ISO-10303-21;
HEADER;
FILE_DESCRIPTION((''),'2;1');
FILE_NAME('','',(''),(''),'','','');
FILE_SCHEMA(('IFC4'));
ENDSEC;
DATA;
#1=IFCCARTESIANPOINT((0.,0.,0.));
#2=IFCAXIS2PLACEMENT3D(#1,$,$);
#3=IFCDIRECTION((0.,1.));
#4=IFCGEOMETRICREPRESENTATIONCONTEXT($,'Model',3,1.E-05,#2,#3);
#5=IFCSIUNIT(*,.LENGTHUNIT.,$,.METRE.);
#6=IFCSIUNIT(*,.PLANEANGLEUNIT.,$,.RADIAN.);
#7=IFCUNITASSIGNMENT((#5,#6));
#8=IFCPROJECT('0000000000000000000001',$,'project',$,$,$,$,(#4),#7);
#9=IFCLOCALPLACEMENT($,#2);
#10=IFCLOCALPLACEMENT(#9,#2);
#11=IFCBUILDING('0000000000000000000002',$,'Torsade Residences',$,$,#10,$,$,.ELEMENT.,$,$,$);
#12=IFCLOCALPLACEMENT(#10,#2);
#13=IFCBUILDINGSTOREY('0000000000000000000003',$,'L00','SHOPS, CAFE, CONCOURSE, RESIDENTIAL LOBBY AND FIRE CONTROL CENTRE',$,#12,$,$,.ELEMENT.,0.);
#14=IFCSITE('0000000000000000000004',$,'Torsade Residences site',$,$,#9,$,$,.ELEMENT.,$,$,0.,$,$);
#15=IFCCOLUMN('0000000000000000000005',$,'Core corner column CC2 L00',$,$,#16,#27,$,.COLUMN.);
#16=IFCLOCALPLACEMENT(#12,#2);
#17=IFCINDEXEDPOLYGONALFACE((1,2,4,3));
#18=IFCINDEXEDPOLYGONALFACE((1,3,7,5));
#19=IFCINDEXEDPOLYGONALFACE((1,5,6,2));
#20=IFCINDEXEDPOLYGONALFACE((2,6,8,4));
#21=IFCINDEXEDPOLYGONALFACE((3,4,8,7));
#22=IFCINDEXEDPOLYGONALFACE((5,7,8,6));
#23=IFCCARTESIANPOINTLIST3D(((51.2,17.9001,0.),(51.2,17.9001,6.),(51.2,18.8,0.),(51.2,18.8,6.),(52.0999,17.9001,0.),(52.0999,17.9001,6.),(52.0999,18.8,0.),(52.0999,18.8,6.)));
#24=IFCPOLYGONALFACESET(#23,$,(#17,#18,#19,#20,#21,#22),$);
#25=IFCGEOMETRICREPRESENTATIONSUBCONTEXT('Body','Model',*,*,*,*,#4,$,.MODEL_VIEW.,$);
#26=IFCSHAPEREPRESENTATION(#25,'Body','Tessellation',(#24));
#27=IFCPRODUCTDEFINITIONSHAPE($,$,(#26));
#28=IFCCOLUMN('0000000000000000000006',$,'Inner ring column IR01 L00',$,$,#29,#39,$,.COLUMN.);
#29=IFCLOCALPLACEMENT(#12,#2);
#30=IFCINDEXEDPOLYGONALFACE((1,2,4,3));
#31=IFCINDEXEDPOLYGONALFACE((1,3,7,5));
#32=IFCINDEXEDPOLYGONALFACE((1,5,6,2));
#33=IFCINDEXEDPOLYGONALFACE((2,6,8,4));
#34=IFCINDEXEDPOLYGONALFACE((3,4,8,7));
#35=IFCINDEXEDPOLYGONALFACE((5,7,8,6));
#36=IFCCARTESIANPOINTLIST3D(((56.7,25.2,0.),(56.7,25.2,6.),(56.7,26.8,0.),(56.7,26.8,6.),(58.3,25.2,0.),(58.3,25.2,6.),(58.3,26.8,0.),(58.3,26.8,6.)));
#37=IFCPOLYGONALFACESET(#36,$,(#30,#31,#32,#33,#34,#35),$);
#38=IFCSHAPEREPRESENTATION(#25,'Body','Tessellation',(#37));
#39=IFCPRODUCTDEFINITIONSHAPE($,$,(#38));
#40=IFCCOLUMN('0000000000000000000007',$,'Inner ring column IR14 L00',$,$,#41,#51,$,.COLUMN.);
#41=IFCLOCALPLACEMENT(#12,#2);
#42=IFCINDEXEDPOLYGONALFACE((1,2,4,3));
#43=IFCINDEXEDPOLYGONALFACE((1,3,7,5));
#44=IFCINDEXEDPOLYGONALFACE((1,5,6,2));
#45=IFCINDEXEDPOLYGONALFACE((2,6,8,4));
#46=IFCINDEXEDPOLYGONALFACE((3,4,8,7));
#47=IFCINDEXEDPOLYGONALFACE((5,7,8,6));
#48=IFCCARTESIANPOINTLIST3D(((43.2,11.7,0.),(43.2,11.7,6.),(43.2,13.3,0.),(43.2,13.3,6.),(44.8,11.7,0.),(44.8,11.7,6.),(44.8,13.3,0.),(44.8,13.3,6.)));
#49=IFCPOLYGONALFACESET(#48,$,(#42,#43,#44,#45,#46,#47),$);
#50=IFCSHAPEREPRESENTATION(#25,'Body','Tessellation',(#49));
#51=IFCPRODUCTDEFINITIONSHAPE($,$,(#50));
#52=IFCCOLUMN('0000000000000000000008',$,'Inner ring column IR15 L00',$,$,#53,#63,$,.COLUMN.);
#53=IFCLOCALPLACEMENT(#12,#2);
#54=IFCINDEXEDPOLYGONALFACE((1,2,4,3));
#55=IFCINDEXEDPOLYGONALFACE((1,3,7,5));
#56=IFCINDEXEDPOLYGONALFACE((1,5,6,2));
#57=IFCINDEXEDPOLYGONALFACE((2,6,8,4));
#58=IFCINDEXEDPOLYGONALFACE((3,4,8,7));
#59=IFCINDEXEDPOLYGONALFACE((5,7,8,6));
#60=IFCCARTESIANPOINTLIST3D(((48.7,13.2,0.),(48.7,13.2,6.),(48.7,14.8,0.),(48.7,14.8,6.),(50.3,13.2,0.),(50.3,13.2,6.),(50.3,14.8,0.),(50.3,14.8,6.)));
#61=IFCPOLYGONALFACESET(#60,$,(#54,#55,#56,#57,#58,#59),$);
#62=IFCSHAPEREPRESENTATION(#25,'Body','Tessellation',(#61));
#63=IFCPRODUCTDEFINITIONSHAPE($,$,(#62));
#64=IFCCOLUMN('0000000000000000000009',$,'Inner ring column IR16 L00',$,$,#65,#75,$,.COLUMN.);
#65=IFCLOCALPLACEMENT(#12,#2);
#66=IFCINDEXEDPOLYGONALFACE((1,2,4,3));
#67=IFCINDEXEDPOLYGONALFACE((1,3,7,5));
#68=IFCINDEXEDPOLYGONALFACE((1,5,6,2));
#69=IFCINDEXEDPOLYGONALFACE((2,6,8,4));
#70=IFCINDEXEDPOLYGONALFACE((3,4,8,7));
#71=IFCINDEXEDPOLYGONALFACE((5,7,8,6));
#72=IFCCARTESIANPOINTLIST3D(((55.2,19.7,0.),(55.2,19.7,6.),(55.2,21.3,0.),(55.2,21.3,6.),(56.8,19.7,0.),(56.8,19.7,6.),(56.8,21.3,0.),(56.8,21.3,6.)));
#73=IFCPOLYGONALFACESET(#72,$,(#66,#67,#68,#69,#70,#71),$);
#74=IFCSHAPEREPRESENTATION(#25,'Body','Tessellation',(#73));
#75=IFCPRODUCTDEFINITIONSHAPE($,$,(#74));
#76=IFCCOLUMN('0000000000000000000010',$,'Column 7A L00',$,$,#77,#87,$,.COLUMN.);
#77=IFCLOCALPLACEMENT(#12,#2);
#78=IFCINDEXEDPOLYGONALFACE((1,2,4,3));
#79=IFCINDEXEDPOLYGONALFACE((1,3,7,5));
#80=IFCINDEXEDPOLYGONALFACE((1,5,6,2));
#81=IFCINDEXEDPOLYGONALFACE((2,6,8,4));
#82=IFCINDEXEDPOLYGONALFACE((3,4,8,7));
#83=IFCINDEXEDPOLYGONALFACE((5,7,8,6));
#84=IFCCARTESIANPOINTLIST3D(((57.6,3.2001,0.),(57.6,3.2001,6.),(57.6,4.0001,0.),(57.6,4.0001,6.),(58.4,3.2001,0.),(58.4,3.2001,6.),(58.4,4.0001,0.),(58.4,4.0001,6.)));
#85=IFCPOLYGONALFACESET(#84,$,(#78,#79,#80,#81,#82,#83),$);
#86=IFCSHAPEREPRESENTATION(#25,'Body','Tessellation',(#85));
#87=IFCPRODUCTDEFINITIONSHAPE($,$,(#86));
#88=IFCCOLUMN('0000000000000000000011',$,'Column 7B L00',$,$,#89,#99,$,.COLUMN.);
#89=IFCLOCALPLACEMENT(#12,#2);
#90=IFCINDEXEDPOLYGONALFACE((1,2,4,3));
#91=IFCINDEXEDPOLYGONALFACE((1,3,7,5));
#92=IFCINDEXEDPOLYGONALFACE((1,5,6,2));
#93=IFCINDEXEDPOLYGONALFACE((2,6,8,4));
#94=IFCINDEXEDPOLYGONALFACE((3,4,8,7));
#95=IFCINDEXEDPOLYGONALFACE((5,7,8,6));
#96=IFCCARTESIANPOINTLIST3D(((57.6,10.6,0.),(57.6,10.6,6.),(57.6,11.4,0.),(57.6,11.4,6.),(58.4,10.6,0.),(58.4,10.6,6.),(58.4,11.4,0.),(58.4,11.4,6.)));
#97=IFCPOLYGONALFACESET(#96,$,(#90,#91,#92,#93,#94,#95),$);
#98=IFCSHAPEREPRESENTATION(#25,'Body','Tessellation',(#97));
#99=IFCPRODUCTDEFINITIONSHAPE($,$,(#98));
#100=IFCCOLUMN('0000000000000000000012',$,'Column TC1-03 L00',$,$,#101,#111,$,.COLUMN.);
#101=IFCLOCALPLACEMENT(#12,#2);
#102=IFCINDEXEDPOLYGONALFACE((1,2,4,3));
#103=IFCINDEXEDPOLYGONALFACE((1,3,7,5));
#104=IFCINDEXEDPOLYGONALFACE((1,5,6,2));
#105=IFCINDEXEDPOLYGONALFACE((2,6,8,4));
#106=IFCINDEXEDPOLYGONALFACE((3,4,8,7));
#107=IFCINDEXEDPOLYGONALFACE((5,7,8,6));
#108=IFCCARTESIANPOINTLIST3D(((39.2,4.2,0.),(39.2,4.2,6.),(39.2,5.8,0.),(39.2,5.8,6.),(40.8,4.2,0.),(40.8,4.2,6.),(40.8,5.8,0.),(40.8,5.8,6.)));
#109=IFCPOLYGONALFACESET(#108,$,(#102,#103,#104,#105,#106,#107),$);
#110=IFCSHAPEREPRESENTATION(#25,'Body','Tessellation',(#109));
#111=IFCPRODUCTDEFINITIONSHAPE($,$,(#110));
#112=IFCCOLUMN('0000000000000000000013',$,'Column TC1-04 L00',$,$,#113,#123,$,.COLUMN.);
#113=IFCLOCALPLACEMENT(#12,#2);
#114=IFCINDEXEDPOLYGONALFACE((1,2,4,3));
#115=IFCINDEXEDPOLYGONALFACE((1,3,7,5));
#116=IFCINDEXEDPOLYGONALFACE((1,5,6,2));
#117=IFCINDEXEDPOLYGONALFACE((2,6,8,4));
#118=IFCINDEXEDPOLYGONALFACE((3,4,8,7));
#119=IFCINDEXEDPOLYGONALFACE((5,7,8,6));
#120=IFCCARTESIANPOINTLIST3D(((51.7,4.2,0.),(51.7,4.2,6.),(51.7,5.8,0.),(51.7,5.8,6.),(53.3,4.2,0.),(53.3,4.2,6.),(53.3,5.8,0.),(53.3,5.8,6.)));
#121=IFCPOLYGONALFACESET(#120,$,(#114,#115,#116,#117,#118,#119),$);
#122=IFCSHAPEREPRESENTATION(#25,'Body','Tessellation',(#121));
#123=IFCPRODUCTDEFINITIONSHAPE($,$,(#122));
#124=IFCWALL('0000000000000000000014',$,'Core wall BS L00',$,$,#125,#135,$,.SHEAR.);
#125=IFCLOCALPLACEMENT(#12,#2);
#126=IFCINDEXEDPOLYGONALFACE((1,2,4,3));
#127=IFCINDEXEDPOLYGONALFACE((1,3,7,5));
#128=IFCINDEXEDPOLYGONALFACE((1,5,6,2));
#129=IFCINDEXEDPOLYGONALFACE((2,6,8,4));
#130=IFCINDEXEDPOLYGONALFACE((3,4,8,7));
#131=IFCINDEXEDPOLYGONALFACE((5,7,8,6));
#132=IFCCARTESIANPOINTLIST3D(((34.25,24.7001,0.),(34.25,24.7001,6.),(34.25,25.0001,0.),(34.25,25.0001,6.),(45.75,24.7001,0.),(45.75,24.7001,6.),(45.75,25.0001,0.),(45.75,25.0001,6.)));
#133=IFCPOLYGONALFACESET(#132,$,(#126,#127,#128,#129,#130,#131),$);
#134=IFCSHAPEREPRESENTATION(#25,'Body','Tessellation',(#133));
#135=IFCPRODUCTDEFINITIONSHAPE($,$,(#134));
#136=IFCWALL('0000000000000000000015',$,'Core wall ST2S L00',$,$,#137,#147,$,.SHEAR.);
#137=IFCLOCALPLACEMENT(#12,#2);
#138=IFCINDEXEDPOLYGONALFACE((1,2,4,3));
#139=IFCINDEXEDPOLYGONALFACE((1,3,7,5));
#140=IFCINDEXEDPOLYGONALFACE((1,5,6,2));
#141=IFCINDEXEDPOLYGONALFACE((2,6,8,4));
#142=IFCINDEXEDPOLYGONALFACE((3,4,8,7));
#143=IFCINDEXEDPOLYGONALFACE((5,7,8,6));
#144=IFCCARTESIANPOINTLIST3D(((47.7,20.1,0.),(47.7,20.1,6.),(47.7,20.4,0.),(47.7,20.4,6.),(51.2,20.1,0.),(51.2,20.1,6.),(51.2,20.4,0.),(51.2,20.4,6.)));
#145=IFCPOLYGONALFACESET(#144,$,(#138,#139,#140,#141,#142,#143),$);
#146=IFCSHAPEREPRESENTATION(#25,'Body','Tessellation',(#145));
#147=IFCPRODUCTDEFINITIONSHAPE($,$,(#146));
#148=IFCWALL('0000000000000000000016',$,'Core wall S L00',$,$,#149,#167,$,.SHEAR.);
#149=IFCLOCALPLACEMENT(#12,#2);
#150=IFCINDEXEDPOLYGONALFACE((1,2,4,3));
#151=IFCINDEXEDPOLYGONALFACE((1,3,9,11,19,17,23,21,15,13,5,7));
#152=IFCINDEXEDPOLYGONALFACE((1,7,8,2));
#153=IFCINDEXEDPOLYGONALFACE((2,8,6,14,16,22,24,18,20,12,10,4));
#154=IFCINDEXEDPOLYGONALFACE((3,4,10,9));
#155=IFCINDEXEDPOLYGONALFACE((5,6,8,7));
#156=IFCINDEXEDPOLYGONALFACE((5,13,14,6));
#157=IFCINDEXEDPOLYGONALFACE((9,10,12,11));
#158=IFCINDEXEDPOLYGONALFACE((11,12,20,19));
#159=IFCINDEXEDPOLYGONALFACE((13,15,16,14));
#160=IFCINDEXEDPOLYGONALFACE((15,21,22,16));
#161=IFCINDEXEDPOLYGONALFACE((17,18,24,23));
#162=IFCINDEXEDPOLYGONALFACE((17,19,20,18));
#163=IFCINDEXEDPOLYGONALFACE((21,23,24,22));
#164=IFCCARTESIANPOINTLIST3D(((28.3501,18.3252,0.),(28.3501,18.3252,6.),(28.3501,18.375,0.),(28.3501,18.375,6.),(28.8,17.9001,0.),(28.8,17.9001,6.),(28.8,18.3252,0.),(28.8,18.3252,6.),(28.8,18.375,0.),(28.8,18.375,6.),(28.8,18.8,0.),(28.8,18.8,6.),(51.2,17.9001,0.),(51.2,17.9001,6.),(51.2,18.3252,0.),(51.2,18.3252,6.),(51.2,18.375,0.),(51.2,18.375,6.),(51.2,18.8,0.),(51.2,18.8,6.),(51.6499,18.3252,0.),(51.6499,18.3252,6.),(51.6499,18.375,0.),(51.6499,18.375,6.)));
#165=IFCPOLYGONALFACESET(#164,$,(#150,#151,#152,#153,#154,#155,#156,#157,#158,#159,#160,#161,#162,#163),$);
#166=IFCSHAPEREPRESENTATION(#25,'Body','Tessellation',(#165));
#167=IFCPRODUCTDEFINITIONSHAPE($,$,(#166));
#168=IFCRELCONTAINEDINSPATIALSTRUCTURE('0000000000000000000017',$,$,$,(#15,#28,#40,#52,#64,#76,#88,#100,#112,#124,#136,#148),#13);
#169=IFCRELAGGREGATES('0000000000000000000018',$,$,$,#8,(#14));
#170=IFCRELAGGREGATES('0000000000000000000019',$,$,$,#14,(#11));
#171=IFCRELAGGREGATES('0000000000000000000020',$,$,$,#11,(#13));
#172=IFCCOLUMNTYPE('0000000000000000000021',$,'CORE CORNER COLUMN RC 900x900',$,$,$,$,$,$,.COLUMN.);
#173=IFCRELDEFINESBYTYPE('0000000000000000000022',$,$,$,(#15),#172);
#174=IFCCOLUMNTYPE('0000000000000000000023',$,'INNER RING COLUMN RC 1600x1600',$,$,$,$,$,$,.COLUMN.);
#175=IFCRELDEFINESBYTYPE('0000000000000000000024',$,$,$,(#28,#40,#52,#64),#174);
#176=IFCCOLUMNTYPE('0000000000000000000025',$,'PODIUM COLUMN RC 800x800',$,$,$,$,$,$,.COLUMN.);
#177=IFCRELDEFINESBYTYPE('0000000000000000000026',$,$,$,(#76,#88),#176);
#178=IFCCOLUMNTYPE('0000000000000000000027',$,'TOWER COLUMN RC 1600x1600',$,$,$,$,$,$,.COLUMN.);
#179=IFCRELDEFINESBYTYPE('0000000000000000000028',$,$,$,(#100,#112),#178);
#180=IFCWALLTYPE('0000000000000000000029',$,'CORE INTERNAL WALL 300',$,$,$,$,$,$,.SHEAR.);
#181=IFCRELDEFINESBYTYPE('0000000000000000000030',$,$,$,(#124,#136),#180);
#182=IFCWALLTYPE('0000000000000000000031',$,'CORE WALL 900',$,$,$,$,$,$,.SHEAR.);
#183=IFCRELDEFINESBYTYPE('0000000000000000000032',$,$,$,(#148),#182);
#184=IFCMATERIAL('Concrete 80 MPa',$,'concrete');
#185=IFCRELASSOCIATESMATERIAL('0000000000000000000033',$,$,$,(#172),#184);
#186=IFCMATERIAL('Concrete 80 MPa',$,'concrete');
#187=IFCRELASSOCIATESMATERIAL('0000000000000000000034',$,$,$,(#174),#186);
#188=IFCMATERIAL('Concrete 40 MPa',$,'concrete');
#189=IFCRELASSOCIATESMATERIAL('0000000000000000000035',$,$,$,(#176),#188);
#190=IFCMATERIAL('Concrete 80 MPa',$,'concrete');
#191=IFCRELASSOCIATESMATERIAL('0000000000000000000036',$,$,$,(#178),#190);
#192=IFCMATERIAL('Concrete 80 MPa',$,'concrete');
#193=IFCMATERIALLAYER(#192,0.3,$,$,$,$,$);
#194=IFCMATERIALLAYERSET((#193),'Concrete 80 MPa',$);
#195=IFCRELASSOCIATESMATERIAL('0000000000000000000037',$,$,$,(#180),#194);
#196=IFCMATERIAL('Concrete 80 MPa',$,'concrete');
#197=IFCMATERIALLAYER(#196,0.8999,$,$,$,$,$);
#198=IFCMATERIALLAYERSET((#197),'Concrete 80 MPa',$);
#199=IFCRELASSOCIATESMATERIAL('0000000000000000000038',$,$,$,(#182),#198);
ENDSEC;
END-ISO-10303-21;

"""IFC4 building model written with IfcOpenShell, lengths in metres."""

from ifc_helpers import new_model, si_unit, direction, frame, frame_2d, origin, origin_2d, place, context, subcontext, project, spatial, polyline, rectangle, outline, extrude, material, layer, layer_set, material_profile, profile_set, type_object, element, save


model = new_model("IFC4")

# Units and contexts
model_context = context("Model", 3, precision=1e-05, world=origin(), true_north=direction((0.0, 1.0)))
body_context = subcontext(model_context, "Body", "Model", "MODEL_VIEW")
ifc_project = project(units=[si_unit("LENGTHUNIT", "METRE"), si_unit("PLANEANGLEUNIT", "RADIAN")], contexts=[model_context])

# Site, building, storey
site_placement = place(None, origin())
site = spatial("IfcSite", under=ifc_project, at=site_placement, Name="Torsade Residences site", CompositionType="ELEMENT", RefElevation=0.0)
building_placement = place(site_placement, origin())
building = spatial("IfcBuilding", under=site, at=building_placement, Name="Torsade Residences", CompositionType="ELEMENT")
storey_placement = place(building_placement, origin())
storey = spatial("IfcBuildingStorey", under=building, at=storey_placement, Name="L00", Description="SHOPS, CAFE, CONCOURSE, RESIDENTIAL LOBBY AND FIRE CONTROL CENTRE", CompositionType="ELEMENT", Elevation=0.0)

# Columns
ifc_material_1 = material(Name="Concrete 80 MPa", Category="concrete")
ifc_material_profile_1 = material_profile(ifc_material_1, rectangle(XDim=0.8999, YDim=0.8999, at=origin_2d()), Name="RC 900x900")
ifc_profile_set_1 = profile_set([ifc_material_profile_1], Name="Concrete 80 MPa")
column_type_1 = type_object("IfcColumnType", Name="CORE CORNER COLUMN RC 900x900", PredefinedType="COLUMN", material=ifc_profile_set_1)
column_placement = place(storey_placement, frame((51.6499, 18.3501, 0.0), z_axis=(0.0, 0.0, 1.0), x_axis=(1.0, 0.0, 0.0)))
element("IfcColumn", 1, at=column_placement, inside=storey, type_object=column_type_1, Name="Core corner column CC2 L00", PredefinedType="COLUMN", context=body_context, shape_type="SweptSolid", body=[
    extrude(rectangle(XDim=0.8999, YDim=0.8999, at=origin_2d()), origin(), (0.0, 0.0, 1.0), 6.0),
])
ifc_material_2 = material(Name="Concrete 80 MPa", Category="concrete")
ifc_material_profile_2 = material_profile(ifc_material_2, rectangle(XDim=1.6001, YDim=1.6001, at=origin_2d()), Name="RC 1600x1600")
ifc_profile_set_2 = profile_set([ifc_material_profile_2], Name="Concrete 80 MPa")
column_type_2 = type_object("IfcColumnType", Name="INNER RING COLUMN RC 1600x1600", PredefinedType="COLUMN", material=ifc_profile_set_2)
for number, where, z_axis, x_axis, name in (
    (2, (57.5, 26.0, 0.0), (0.0, 0.0, 1.0), (1.0, 0.0, 0.0), "Inner ring column IR01 L00"),
    (3, (44.0, 12.5, 0.0), (0.0, 0.0, 1.0), (1.0, 0.0, 0.0), "Inner ring column IR14 L00"),
    (4, (49.5, 14.0, 0.0), (0.0, 0.0, 1.0), (1.0, 0.0, 0.0), "Inner ring column IR15 L00"),
    (5, (56.0, 20.5, 0.0), (0.0, 0.0, 1.0), (1.0, 0.0, 0.0), "Inner ring column IR16 L00"),
):
    element("IfcColumn", number, at=place(storey_placement, frame(where, z_axis=z_axis, x_axis=x_axis)), inside=storey, type_object=column_type_2, Name=name, PredefinedType="COLUMN", context=body_context, shape_type="SweptSolid", body=[
        extrude(rectangle(XDim=1.6001, YDim=1.6001, at=origin_2d()), origin(), (0.0, 0.0, 1.0), 6.0),
    ])
ifc_material_3 = material(Name="Concrete 40 MPa", Category="concrete")
ifc_material_profile_3 = material_profile(ifc_material_3, rectangle(XDim=0.8, YDim=0.8, at=origin_2d()), Name="RC 800x800")
ifc_profile_set_3 = profile_set([ifc_material_profile_3], Name="Concrete 40 MPa")
column_type_3 = type_object("IfcColumnType", Name="PODIUM COLUMN RC 800x800", PredefinedType="COLUMN", material=ifc_profile_set_3)
for number, where, z_axis, x_axis, name in (
    (6, (58.0, 3.6001, 0.0), (0.0, 0.0, 1.0), (1.0, 0.0, 0.0), "Column 7A L00"),
    (7, (58.0, 11.0, 0.0), (0.0, 0.0, 1.0), (1.0, 0.0, 0.0), "Column 7B L00"),
):
    element("IfcColumn", number, at=place(storey_placement, frame(where, z_axis=z_axis, x_axis=x_axis)), inside=storey, type_object=column_type_3, Name=name, PredefinedType="COLUMN", context=body_context, shape_type="SweptSolid", body=[
        extrude(rectangle(XDim=0.8, YDim=0.8, at=origin_2d()), origin(), (0.0, 0.0, 1.0), 6.0),
    ])
ifc_material_4 = material(Name="Concrete 80 MPa", Category="concrete")
ifc_material_profile_4 = material_profile(ifc_material_4, rectangle(XDim=1.6001, YDim=1.6001, at=origin_2d()), Name="RC 1600x1600")
ifc_profile_set_4 = profile_set([ifc_material_profile_4], Name="Concrete 80 MPa")
column_type_4 = type_object("IfcColumnType", Name="TOWER COLUMN RC 1600x1600", PredefinedType="COLUMN", material=ifc_profile_set_4)
for number, where, z_axis, x_axis, name in (
    (8, (40.0, 5.0, 0.0), (0.0, 0.0, 1.0), (1.0, 0.0, 0.0), "Column TC1-03 L00"),
    (9, (52.5, 5.0, 0.0), (0.0, 0.0, 1.0), (1.0, 0.0, 0.0), "Column TC1-04 L00"),
):
    element("IfcColumn", number, at=place(storey_placement, frame(where, z_axis=z_axis, x_axis=x_axis)), inside=storey, type_object=column_type_4, Name=name, PredefinedType="COLUMN", context=body_context, shape_type="SweptSolid", body=[
        extrude(rectangle(XDim=1.6001, YDim=1.6001, at=origin_2d()), origin(), (0.0, 0.0, 1.0), 6.0),
    ])

# Walls
ifc_material_5 = material(Name="Concrete 80 MPa", Category="concrete")
ifc_layer_1 = layer(ifc_material_5, 0.3)
ifc_layer_set_1 = layer_set([ifc_layer_1], Name="Concrete 80 MPa")
wall_type_1 = type_object("IfcWallType", Name="CORE INTERNAL WALL 300", PredefinedType="SHEAR", material=ifc_layer_set_1)
wall_1_placement = place(storey_placement, frame((45.75, 24.8501, 0.0), z_axis=(0.0, 0.0, 1.0), x_axis=(-1.0, 0.0, 0.0)))
element("IfcWall", 10, at=wall_1_placement, inside=storey, type_object=wall_type_1, Name="Core wall BS L00", PredefinedType="SHEAR", context=body_context, shape_type="SweptSolid", body=[
    extrude(rectangle(XDim=11.5, YDim=0.3, at=frame_2d((5.75, 0.0))), origin(), (0.0, 0.0, 1.0), 6.0),
])
wall_2_placement = place(storey_placement, frame((51.2, 20.25, 0.0), z_axis=(0.0, 0.0, 1.0), x_axis=(-1.0, 0.0, 0.0)))
element("IfcWall", 11, at=wall_2_placement, inside=storey, type_object=wall_type_1, Name="Core wall ST2S L00", PredefinedType="SHEAR", context=body_context, shape_type="SweptSolid", body=[
    extrude(rectangle(XDim=3.5, YDim=0.3, at=frame_2d((1.75, 0.0))), origin(), (0.0, 0.0, 1.0), 6.0),
])
ifc_material_6 = material(Name="Concrete 80 MPa", Category="concrete")
ifc_layer_2 = layer(ifc_material_6, 0.8999)
ifc_layer_set_2 = layer_set([ifc_layer_2], Name="Concrete 80 MPa")
wall_type_2 = type_object("IfcWallType", Name="CORE WALL 900", PredefinedType="SHEAR", material=ifc_layer_set_2)
wall_3_placement = place(storey_placement, frame((51.2, 18.3501, 0.0), z_axis=(0.0, 0.0, 1.0), x_axis=(-1.0, 0.0, 0.0)))
element("IfcWall", 12, at=wall_3_placement, inside=storey, type_object=wall_type_2, Name="Core wall S L00", PredefinedType="SHEAR", context=body_context, shape_type="SweptSolid", body=[
    extrude(outline(polyline([(0.0, -0.45), (22.3999, -0.45), (22.3999, -0.0249), (22.8499, -0.0249), (22.8499, 0.0249), (22.3999, 0.0249), (22.3999, 0.45), (0.0, 0.45), (0.0, 0.0249), (-0.45, 0.0249), (-0.45, -0.0249), (0.0, -0.0249), (0.0, -0.45)])), origin(), (0.0, 0.0, 1.0), 6.0),
])

save(model, "model.ifc")
